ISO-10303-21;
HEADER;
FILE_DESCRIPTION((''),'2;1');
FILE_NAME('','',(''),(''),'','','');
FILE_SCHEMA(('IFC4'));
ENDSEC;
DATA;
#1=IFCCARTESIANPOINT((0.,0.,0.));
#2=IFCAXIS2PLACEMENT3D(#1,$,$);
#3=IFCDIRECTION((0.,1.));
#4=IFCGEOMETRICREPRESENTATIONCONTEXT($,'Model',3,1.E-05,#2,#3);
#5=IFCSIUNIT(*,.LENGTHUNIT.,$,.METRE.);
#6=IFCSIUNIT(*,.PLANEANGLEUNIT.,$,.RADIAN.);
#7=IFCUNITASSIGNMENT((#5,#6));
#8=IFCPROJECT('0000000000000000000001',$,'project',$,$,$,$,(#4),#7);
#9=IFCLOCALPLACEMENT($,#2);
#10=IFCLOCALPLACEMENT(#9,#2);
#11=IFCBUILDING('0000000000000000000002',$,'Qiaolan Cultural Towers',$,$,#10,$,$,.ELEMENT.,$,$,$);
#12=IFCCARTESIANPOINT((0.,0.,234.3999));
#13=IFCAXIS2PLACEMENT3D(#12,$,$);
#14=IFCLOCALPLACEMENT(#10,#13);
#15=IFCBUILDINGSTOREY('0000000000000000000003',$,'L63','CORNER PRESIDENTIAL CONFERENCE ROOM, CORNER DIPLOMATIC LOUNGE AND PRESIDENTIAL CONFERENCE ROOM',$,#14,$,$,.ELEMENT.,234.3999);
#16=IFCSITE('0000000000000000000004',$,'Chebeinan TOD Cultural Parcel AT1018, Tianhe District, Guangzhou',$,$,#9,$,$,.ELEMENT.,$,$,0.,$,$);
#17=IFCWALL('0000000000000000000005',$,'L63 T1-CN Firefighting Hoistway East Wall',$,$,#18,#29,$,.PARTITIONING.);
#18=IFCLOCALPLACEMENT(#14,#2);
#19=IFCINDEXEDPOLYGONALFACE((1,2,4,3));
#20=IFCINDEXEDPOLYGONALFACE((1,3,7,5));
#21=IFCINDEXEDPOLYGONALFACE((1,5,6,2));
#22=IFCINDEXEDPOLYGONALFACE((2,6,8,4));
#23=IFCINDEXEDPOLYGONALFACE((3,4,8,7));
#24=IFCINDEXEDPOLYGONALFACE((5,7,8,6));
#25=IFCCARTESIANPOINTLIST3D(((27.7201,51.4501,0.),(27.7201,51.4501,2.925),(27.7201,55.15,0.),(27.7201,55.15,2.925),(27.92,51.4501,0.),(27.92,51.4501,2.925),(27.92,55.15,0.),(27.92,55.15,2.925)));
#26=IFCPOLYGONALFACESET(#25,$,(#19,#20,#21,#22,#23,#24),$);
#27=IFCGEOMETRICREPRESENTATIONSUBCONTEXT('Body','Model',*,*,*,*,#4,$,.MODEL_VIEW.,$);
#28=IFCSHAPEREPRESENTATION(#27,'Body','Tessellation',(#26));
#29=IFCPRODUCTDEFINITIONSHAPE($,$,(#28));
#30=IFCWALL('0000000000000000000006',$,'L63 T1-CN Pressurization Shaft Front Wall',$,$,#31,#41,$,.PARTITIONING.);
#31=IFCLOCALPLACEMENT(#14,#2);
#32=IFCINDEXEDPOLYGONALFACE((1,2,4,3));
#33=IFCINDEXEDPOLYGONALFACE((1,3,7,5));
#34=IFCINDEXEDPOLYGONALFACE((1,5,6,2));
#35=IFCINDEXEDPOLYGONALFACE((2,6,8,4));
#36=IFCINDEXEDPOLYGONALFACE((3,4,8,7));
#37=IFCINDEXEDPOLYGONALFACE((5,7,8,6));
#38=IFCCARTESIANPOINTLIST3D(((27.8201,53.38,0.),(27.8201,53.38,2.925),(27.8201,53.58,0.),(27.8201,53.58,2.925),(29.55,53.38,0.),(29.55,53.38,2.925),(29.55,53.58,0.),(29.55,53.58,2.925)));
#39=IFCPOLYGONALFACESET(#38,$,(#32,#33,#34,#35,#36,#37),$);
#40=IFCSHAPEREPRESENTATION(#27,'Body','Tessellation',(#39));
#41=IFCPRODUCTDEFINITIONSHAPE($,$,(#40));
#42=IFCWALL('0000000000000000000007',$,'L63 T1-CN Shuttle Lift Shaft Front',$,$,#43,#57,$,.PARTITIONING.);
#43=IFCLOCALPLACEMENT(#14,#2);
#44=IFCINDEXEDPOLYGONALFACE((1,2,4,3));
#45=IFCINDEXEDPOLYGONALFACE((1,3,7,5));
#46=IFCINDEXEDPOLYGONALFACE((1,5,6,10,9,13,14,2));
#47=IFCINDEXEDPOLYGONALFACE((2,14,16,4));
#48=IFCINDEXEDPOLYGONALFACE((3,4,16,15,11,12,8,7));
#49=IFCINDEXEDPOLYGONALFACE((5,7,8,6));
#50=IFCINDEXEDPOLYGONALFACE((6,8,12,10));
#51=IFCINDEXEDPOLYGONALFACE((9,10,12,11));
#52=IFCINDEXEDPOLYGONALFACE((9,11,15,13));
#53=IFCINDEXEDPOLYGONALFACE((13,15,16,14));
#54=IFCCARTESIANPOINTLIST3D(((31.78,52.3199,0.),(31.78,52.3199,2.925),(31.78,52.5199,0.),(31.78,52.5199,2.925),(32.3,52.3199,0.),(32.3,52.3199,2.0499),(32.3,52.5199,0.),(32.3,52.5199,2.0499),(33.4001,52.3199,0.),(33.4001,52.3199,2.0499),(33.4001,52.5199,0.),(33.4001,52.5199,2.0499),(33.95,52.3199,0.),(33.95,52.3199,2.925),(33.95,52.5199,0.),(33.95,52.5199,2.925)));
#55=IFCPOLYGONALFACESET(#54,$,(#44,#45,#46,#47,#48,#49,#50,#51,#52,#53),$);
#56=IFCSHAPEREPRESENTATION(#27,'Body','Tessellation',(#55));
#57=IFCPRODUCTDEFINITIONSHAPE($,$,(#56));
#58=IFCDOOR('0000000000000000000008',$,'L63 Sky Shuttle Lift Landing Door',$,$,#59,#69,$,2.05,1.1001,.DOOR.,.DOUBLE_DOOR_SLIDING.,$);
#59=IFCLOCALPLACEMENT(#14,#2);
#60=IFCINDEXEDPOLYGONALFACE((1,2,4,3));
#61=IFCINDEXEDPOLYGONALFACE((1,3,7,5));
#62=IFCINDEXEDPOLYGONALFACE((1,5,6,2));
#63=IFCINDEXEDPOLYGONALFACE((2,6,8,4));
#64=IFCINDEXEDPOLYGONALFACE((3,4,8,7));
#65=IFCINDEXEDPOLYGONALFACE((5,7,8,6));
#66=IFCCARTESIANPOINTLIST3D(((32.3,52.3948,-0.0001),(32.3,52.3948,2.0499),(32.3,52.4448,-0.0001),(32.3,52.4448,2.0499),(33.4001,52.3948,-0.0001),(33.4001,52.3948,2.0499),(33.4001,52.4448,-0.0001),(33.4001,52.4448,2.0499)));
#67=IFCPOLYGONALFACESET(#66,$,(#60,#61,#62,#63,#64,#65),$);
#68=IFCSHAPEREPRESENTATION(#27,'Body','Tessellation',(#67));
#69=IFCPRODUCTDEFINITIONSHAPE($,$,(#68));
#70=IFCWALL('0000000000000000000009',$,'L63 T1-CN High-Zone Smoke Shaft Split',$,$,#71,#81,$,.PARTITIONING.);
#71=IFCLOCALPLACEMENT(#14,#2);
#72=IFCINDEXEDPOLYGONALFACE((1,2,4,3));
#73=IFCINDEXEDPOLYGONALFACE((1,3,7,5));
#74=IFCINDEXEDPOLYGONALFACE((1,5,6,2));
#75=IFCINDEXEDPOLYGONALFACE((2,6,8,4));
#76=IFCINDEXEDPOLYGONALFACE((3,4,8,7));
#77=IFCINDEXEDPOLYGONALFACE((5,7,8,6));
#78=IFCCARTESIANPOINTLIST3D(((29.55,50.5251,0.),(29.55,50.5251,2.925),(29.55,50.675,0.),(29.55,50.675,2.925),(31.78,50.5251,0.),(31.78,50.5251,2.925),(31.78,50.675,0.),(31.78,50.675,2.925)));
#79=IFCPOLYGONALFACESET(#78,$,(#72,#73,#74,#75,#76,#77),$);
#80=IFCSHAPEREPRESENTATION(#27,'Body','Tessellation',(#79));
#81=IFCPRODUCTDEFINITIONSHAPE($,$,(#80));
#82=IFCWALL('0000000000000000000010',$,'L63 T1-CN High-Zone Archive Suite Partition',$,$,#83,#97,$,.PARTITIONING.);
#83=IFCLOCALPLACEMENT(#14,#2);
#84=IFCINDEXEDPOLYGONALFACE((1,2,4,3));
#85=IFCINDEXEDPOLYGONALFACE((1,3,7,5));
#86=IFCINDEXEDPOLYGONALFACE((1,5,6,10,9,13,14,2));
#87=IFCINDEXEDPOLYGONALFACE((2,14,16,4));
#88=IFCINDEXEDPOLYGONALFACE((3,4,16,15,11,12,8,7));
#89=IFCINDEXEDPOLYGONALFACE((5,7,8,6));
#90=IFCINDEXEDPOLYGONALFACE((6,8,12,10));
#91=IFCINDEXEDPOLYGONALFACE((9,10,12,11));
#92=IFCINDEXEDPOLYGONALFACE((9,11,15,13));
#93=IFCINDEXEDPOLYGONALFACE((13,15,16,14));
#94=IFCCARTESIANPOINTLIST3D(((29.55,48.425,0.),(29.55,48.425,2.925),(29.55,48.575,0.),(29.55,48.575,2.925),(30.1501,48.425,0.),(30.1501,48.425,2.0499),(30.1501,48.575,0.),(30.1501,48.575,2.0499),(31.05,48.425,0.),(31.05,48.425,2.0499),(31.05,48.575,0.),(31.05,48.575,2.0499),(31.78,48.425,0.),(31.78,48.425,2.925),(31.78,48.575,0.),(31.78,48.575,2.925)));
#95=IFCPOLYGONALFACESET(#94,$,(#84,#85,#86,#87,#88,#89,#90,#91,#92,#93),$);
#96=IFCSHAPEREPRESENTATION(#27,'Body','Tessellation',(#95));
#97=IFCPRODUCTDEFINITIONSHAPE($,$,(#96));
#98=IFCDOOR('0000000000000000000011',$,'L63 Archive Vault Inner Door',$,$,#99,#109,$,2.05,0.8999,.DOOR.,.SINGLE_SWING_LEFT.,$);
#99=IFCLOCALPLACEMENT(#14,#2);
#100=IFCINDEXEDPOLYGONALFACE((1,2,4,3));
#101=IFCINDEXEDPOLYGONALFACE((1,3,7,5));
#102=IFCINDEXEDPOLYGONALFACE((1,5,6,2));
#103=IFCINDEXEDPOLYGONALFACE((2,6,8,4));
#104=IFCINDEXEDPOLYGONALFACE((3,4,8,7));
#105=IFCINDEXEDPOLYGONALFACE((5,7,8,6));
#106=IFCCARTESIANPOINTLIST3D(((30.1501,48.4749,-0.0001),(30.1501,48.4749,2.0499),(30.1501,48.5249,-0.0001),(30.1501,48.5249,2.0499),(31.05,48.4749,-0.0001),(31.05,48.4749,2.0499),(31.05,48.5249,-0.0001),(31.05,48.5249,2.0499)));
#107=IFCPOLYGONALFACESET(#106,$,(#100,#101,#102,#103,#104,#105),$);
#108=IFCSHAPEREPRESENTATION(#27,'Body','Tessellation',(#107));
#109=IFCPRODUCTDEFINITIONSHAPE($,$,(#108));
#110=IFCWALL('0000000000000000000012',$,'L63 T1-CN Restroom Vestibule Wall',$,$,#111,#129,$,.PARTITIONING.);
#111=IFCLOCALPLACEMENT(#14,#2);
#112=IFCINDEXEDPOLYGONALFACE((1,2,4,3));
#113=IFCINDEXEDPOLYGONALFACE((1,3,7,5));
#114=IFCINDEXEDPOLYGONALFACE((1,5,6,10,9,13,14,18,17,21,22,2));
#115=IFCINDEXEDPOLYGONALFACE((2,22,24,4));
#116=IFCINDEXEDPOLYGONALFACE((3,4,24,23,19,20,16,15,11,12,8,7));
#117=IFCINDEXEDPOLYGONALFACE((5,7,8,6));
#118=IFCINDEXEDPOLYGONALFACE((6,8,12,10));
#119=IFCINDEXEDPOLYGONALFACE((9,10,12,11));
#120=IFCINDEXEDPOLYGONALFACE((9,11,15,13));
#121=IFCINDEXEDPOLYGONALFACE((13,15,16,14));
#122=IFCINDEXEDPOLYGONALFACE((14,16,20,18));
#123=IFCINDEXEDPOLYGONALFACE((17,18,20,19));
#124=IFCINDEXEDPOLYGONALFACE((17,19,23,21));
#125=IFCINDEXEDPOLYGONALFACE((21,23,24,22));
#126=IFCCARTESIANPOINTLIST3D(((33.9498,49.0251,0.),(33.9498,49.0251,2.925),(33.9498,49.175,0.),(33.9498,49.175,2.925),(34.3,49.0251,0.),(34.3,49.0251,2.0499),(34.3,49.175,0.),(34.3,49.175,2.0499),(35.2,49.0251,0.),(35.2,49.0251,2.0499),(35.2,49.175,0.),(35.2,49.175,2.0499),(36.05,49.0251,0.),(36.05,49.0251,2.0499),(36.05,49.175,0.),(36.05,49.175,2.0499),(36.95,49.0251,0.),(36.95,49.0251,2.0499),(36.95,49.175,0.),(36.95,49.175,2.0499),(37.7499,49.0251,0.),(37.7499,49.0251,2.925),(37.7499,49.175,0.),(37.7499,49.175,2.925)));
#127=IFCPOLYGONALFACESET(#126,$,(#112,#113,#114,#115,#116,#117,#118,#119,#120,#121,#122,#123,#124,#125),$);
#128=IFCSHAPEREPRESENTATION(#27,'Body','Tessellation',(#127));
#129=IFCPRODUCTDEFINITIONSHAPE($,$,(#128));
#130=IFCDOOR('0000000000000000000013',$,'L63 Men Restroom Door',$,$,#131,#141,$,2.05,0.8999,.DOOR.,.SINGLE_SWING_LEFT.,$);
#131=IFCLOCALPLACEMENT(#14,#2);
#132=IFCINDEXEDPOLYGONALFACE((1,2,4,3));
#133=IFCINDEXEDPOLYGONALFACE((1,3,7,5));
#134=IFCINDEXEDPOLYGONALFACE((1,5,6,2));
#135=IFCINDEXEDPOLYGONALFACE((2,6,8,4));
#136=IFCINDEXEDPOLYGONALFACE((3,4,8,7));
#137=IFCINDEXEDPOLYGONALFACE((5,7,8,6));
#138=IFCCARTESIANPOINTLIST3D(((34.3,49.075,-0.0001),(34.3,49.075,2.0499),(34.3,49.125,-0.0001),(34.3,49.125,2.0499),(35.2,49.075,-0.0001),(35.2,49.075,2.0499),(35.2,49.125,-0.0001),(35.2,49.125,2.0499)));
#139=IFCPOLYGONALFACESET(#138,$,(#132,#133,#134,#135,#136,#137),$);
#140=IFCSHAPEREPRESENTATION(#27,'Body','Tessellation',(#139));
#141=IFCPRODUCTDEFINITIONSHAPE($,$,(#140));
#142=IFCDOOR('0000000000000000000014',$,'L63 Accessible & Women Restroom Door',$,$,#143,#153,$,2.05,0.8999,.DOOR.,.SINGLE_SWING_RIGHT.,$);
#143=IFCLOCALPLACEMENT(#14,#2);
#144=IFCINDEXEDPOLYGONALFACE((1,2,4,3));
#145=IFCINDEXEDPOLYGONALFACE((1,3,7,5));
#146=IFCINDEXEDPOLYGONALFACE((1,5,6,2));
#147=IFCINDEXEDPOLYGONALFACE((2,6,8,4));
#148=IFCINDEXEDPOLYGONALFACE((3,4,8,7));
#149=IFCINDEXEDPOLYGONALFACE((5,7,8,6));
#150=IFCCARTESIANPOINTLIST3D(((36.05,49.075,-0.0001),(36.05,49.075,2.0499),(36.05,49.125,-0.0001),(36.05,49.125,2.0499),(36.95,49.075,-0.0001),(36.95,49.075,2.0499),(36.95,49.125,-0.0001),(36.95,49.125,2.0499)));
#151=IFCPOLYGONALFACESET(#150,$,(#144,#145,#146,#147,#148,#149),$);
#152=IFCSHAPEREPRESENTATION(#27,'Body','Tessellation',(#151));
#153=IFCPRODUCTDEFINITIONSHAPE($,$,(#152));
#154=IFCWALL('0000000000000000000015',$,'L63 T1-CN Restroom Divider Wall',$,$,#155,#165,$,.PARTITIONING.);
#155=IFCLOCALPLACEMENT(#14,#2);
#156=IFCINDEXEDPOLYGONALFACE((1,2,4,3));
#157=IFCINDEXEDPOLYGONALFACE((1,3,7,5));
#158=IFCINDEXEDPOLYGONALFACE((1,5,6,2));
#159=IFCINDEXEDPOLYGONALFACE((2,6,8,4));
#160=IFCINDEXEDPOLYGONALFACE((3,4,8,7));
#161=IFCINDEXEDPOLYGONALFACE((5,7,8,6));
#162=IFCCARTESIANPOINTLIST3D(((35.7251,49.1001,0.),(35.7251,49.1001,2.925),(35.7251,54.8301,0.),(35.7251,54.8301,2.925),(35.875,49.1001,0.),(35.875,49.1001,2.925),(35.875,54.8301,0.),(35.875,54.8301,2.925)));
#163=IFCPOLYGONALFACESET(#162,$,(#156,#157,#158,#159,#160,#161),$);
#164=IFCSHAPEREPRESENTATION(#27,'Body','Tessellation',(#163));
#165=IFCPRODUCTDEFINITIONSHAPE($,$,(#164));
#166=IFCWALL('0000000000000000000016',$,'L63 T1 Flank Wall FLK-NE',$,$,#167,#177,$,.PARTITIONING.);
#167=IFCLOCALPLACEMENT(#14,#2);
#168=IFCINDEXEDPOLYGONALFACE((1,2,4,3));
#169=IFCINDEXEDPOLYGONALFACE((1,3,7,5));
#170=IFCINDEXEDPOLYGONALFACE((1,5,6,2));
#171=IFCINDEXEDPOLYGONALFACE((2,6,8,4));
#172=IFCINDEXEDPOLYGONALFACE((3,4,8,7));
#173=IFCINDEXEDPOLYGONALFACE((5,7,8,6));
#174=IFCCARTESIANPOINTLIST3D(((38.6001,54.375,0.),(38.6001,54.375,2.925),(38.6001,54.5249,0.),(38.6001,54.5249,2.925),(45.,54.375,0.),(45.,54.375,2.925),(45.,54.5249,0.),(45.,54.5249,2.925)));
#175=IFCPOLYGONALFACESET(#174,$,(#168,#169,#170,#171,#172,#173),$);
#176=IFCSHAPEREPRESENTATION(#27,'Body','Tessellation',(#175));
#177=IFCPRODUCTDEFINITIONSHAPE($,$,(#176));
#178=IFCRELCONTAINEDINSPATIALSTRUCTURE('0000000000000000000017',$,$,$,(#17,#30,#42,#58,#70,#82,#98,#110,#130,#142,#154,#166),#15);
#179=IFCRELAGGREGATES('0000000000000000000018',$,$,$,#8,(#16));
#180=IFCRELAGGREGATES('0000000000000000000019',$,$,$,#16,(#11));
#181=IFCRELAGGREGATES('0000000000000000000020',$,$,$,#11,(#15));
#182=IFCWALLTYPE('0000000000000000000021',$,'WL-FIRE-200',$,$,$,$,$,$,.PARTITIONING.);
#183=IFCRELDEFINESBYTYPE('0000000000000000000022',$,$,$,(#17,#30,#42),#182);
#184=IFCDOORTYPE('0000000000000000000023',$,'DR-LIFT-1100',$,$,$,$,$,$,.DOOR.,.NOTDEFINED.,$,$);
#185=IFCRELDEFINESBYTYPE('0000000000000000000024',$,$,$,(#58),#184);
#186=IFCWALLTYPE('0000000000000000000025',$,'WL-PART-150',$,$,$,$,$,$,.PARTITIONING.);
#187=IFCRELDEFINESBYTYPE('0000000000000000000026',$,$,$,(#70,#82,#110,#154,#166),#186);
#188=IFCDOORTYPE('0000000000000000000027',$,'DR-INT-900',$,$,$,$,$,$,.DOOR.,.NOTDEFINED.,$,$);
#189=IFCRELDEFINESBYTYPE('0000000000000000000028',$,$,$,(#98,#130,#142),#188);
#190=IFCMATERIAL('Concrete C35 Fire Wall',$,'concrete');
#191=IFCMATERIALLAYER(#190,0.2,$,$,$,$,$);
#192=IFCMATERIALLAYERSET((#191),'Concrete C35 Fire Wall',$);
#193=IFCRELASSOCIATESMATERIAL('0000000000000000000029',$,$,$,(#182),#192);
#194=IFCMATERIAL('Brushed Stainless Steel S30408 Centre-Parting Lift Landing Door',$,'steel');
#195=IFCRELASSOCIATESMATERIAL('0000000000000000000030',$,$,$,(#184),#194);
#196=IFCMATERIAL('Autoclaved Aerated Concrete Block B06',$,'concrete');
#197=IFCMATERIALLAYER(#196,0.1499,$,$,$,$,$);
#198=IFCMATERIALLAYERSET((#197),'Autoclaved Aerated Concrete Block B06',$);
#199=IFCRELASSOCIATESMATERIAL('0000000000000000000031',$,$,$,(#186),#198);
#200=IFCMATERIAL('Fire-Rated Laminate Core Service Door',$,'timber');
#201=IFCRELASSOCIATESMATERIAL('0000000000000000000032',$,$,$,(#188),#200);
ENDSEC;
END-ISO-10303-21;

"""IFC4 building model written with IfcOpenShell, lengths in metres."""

from ifc_helpers import new_model, si_unit, direction, frame, frame_2d, origin, place, context, subcontext, project, spatial, rectangle, extrude, material, layer, layer_set, type_object, element, fill, save


model = new_model("IFC4")

# Units and contexts
model_context = context("Model", 3, precision=1e-05, world=origin(), true_north=direction((0.0, 1.0)))
body_context = subcontext(model_context, "Body", "Model", "MODEL_VIEW")
ifc_project = project(units=[si_unit("LENGTHUNIT", "METRE"), si_unit("PLANEANGLEUNIT", "RADIAN")], contexts=[model_context])

# Site, building, storey
site_placement = place(None, origin())
site = spatial("IfcSite", under=ifc_project, at=site_placement, Name="Chebeinan TOD Cultural Parcel AT1018, Tianhe District, Guangzhou", CompositionType="ELEMENT", RefElevation=0.0)
building_placement = place(site_placement, origin())
building = spatial("IfcBuilding", under=site, at=building_placement, Name="Qiaolan Cultural Towers", CompositionType="ELEMENT")
storey_placement = place(building_placement, frame((0.0, 0.0, 234.3999)))
storey = spatial("IfcBuildingStorey", under=building, at=storey_placement, Name="L63", Description="CORNER PRESIDENTIAL CONFERENCE ROOM, CORNER DIPLOMATIC LOUNGE AND PRESIDENTIAL CONFERENCE ROOM", CompositionType="ELEMENT", Elevation=234.3999)

# Shared definitions
ifc_material_1 = material(Name="Concrete C35 Fire Wall", Category="concrete")
ifc_layer_1 = layer(ifc_material_1, 0.2)
ifc_layer_set_1 = layer_set([ifc_layer_1], Name="Concrete C35 Fire Wall")
wall_type_1 = type_object("IfcWallType", Name="WL-FIRE-200", PredefinedType="PARTITIONING", material=ifc_layer_set_1)
ifc_material_2 = material(Name="Brushed Stainless Steel S30408 Centre-Parting Lift Landing Door", Category="steel")
door_type_1 = type_object("IfcDoorType", Name="DR-LIFT-1100", OperationType="NOTDEFINED", PredefinedType="DOOR", material=ifc_material_2)

# Walls
wall_1_placement = place(storey_placement, frame((27.8201, 51.45, 0.0), z_axis=(0.0, 0.0, 1.0), x_axis=(0.0, 1.0, 0.0)))
element("IfcWall", 1, at=wall_1_placement, inside=storey, type_object=wall_type_1, Name="L63 T1-CN Firefighting Hoistway East Wall", PredefinedType="PARTITIONING", context=body_context, shape_type="SweptSolid", body=[
    extrude(rectangle(XDim=3.7, YDim=0.2, at=frame_2d((1.8501, 0.0))), origin(), (0.0, 0.0, 1.0), 2.925),
])
wall_2_placement = place(storey_placement, frame((27.8201, 53.48, 0.0), z_axis=(0.0, 0.0, 1.0), x_axis=(1.0, 0.0, 0.0)))
element("IfcWall", 2, at=wall_2_placement, inside=storey, type_object=wall_type_1, Name="L63 T1-CN Pressurization Shaft Front Wall", PredefinedType="PARTITIONING", context=body_context, shape_type="SweptSolid", body=[
    extrude(rectangle(XDim=1.73, YDim=0.2, at=frame_2d((0.865, 0.0))), origin(), (0.0, 0.0, 1.0), 2.925),
])

# Wall, opening, door
wall_3_placement = place(storey_placement, frame((31.78, 52.4199, 0.0), z_axis=(0.0, 0.0, 1.0), x_axis=(1.0, 0.0, 0.0)))
wall_3 = element("IfcWall", 3, at=wall_3_placement, inside=storey, type_object=wall_type_1, Name="L63 T1-CN Shuttle Lift Shaft Front", PredefinedType="PARTITIONING", context=body_context, shape_type="SweptSolid", body=[
    extrude(rectangle(XDim=2.1699, YDim=0.2, at=frame_2d((1.085, 0.0))), origin(), (0.0, 0.0, 1.0), 2.925),
])
opening_1_placement = place(wall_3_placement, frame((0.52, 0.0, 0.0)))
opening_1 = element("IfcOpeningElement", 4, at=opening_1_placement, cuts=wall_3, PredefinedType="OPENING", context=body_context, shape_type="SweptSolid", body=[
    extrude(rectangle(XDim=1.1001, YDim=2.05, at=frame_2d((0.55, 1.0249))), frame((0.0, 0.1099, 0.0), z_axis=(0.0, -1.0, 0.0), x_axis=(1.0, 0.0, 0.0)), (0.0, 0.0, 1.0), 0.22),
])
door_1_placement = place(opening_1_placement, origin())
door_1 = element("IfcDoor", 5, at=door_1_placement, inside=storey, type_object=door_type_1, Name="L63 Sky Shuttle Lift Landing Door", OperationType="DOUBLE_DOOR_SLIDING", OverallHeight=2.05, OverallWidth=1.1001, PredefinedType="DOOR", context=body_context, shape_type="SweptSolid", body=[
    extrude(rectangle(XDim=1.1001, YDim=2.05, at=frame_2d((0.55, 1.0249))), frame((0.0, 0.0249, 0.0), z_axis=(0.0, -1.0, 0.0), x_axis=(1.0, 0.0, 0.0)), (0.0, 0.0, 1.0), 0.05),
])
fill(opening_1, door_1)

# Wall
ifc_material_3 = material(Name="Autoclaved Aerated Concrete Block B06", Category="concrete")
ifc_layer_2 = layer(ifc_material_3, 0.1499)
ifc_layer_set_2 = layer_set([ifc_layer_2], Name="Autoclaved Aerated Concrete Block B06")
wall_type_2 = type_object("IfcWallType", Name="WL-PART-150", PredefinedType="PARTITIONING", material=ifc_layer_set_2)
wall_4_placement = place(storey_placement, frame((29.55, 50.6001, 0.0), z_axis=(0.0, 0.0, 1.0), x_axis=(1.0, 0.0, 0.0)))
element("IfcWall", 6, at=wall_4_placement, inside=storey, type_object=wall_type_2, Name="L63 T1-CN High-Zone Smoke Shaft Split", PredefinedType="PARTITIONING", context=body_context, shape_type="SweptSolid", body=[
    extrude(rectangle(XDim=2.23, YDim=0.1499, at=frame_2d((1.115, 0.0))), origin(), (0.0, 0.0, 1.0), 2.925),
])

# Wall, opening, door
wall_5_placement = place(storey_placement, frame((29.55, 48.5, 0.0), z_axis=(0.0, 0.0, 1.0), x_axis=(1.0, 0.0, 0.0)))
wall_5 = element("IfcWall", 7, at=wall_5_placement, inside=storey, type_object=wall_type_2, Name="L63 T1-CN High-Zone Archive Suite Partition", PredefinedType="PARTITIONING", context=body_context, shape_type="SweptSolid", body=[
    extrude(rectangle(XDim=2.23, YDim=0.1499, at=frame_2d((1.115, 0.0))), origin(), (0.0, 0.0, 1.0), 2.925),
])
opening_2_placement = place(wall_5_placement, frame((0.6001, 0.0, 0.0)))
opening_2 = element("IfcOpeningElement", 8, at=opening_2_placement, cuts=wall_5, PredefinedType="OPENING", context=body_context, shape_type="SweptSolid", body=[
    extrude(rectangle(XDim=0.8999, YDim=2.05, at=frame_2d((0.45, 1.0249))), frame((0.0, 0.085, 0.0), z_axis=(0.0, -1.0, 0.0), x_axis=(1.0, 0.0, 0.0)), (0.0, 0.0, 1.0), 0.1699),
])
ifc_material_4 = material(Name="Fire-Rated Laminate Core Service Door", Category="timber")
door_type_2 = type_object("IfcDoorType", Name="DR-INT-900", OperationType="NOTDEFINED", PredefinedType="DOOR", material=ifc_material_4)
door_2_placement = place(opening_2_placement, origin())
door_2 = element("IfcDoor", 9, at=door_2_placement, inside=storey, type_object=door_type_2, Name="L63 Archive Vault Inner Door", OperationType="SINGLE_SWING_LEFT", OverallHeight=2.05, OverallWidth=0.8999, PredefinedType="DOOR", context=body_context, shape_type="SweptSolid", body=[
    extrude(rectangle(XDim=0.8999, YDim=2.05, at=frame_2d((0.45, 1.0249))), frame((0.0, 0.0249, 0.0), z_axis=(0.0, -1.0, 0.0), x_axis=(1.0, 0.0, 0.0)), (0.0, 0.0, 1.0), 0.05),
])
fill(opening_2, door_2)

# Wall, openings, doors
wall_6_placement = place(storey_placement, frame((33.95, 49.1001, 0.0), z_axis=(0.0, 0.0, 1.0), x_axis=(1.0, 0.0, 0.0)))
wall_6 = element("IfcWall", 10, at=wall_6_placement, inside=storey, type_object=wall_type_2, Name="L63 T1-CN Restroom Vestibule Wall", PredefinedType="PARTITIONING", context=body_context, shape_type="SweptSolid", body=[
    extrude(rectangle(XDim=3.8, YDim=0.1499, at=frame_2d((1.8999, 0.0))), origin(), (0.0, 0.0, 1.0), 2.925),
])
opening_3_placement = place(wall_6_placement, frame((0.3501, 0.0, 0.0)))
opening_3 = element("IfcOpeningElement", 11, at=opening_3_placement, cuts=wall_6, PredefinedType="OPENING", context=body_context, shape_type="SweptSolid", body=[
    extrude(rectangle(XDim=0.8999, YDim=2.05, at=frame_2d((0.45, 1.0249))), frame((0.0, 0.085, 0.0), z_axis=(0.0, -1.0, 0.0), x_axis=(1.0, 0.0, 0.0)), (0.0, 0.0, 1.0), 0.1699),
])
opening_4_placement = place(wall_6_placement, frame((2.1001, 0.0, 0.0)))
opening_4 = element("IfcOpeningElement", 12, at=opening_4_placement, cuts=wall_6, PredefinedType="OPENING", context=body_context, shape_type="SweptSolid", body=[
    extrude(rectangle(XDim=0.8999, YDim=2.05, at=frame_2d((0.45, 1.0249))), frame((0.0, 0.085, 0.0), z_axis=(0.0, -1.0, 0.0), x_axis=(1.0, 0.0, 0.0)), (0.0, 0.0, 1.0), 0.1699),
])
door_3_placement = place(opening_3_placement, origin())
door_3 = element("IfcDoor", 13, at=door_3_placement, inside=storey, type_object=door_type_2, Name="L63 Men Restroom Door", OperationType="SINGLE_SWING_LEFT", OverallHeight=2.05, OverallWidth=0.8999, PredefinedType="DOOR", context=body_context, shape_type="SweptSolid", body=[
    extrude(rectangle(XDim=0.8999, YDim=2.05, at=frame_2d((0.45, 1.0249))), frame((0.0, 0.0249, 0.0), z_axis=(0.0, -1.0, 0.0), x_axis=(1.0, 0.0, 0.0)), (0.0, 0.0, 1.0), 0.05),
])
fill(opening_3, door_3)
door_4_placement = place(opening_4_placement, origin())
door_4 = element("IfcDoor", 14, at=door_4_placement, inside=storey, type_object=door_type_2, Name="L63 Accessible & Women Restroom Door", OperationType="SINGLE_SWING_RIGHT", OverallHeight=2.05, OverallWidth=0.8999, PredefinedType="DOOR", context=body_context, shape_type="SweptSolid", body=[
    extrude(rectangle(XDim=0.8999, YDim=2.05, at=frame_2d((0.45, 1.0249))), frame((0.0, 0.0249, 0.0), z_axis=(0.0, -1.0, 0.0), x_axis=(1.0, 0.0, 0.0)), (0.0, 0.0, 1.0), 0.05),
])
fill(opening_4, door_4)

# Walls
wall_7_placement = place(storey_placement, frame((35.8, 49.1001, 0.0), z_axis=(0.0, 0.0, 1.0), x_axis=(0.0, 1.0, 0.0)))
element("IfcWall", 15, at=wall_7_placement, inside=storey, type_object=wall_type_2, Name="L63 T1-CN Restroom Divider Wall", PredefinedType="PARTITIONING", context=body_context, shape_type="SweptSolid", body=[
    extrude(rectangle(XDim=5.73, YDim=0.1499, at=frame_2d((2.865, 0.0))), origin(), (0.0, 0.0, 1.0), 2.925),
])
wall_8_placement = place(storey_placement, frame((38.6001, 54.45, 0.0), z_axis=(0.0, 0.0, 1.0), x_axis=(1.0, 0.0, 0.0)))
element("IfcWall", 16, at=wall_8_placement, inside=storey, type_object=wall_type_2, Name="L63 T1 Flank Wall FLK-NE", PredefinedType="PARTITIONING", context=body_context, shape_type="SweptSolid", body=[
    extrude(rectangle(XDim=6.3999, YDim=0.1499, at=frame_2d((3.2, 0.0))), origin(), (0.0, 0.0, 1.0), 2.925),
])

save(model, "model.ifc")
